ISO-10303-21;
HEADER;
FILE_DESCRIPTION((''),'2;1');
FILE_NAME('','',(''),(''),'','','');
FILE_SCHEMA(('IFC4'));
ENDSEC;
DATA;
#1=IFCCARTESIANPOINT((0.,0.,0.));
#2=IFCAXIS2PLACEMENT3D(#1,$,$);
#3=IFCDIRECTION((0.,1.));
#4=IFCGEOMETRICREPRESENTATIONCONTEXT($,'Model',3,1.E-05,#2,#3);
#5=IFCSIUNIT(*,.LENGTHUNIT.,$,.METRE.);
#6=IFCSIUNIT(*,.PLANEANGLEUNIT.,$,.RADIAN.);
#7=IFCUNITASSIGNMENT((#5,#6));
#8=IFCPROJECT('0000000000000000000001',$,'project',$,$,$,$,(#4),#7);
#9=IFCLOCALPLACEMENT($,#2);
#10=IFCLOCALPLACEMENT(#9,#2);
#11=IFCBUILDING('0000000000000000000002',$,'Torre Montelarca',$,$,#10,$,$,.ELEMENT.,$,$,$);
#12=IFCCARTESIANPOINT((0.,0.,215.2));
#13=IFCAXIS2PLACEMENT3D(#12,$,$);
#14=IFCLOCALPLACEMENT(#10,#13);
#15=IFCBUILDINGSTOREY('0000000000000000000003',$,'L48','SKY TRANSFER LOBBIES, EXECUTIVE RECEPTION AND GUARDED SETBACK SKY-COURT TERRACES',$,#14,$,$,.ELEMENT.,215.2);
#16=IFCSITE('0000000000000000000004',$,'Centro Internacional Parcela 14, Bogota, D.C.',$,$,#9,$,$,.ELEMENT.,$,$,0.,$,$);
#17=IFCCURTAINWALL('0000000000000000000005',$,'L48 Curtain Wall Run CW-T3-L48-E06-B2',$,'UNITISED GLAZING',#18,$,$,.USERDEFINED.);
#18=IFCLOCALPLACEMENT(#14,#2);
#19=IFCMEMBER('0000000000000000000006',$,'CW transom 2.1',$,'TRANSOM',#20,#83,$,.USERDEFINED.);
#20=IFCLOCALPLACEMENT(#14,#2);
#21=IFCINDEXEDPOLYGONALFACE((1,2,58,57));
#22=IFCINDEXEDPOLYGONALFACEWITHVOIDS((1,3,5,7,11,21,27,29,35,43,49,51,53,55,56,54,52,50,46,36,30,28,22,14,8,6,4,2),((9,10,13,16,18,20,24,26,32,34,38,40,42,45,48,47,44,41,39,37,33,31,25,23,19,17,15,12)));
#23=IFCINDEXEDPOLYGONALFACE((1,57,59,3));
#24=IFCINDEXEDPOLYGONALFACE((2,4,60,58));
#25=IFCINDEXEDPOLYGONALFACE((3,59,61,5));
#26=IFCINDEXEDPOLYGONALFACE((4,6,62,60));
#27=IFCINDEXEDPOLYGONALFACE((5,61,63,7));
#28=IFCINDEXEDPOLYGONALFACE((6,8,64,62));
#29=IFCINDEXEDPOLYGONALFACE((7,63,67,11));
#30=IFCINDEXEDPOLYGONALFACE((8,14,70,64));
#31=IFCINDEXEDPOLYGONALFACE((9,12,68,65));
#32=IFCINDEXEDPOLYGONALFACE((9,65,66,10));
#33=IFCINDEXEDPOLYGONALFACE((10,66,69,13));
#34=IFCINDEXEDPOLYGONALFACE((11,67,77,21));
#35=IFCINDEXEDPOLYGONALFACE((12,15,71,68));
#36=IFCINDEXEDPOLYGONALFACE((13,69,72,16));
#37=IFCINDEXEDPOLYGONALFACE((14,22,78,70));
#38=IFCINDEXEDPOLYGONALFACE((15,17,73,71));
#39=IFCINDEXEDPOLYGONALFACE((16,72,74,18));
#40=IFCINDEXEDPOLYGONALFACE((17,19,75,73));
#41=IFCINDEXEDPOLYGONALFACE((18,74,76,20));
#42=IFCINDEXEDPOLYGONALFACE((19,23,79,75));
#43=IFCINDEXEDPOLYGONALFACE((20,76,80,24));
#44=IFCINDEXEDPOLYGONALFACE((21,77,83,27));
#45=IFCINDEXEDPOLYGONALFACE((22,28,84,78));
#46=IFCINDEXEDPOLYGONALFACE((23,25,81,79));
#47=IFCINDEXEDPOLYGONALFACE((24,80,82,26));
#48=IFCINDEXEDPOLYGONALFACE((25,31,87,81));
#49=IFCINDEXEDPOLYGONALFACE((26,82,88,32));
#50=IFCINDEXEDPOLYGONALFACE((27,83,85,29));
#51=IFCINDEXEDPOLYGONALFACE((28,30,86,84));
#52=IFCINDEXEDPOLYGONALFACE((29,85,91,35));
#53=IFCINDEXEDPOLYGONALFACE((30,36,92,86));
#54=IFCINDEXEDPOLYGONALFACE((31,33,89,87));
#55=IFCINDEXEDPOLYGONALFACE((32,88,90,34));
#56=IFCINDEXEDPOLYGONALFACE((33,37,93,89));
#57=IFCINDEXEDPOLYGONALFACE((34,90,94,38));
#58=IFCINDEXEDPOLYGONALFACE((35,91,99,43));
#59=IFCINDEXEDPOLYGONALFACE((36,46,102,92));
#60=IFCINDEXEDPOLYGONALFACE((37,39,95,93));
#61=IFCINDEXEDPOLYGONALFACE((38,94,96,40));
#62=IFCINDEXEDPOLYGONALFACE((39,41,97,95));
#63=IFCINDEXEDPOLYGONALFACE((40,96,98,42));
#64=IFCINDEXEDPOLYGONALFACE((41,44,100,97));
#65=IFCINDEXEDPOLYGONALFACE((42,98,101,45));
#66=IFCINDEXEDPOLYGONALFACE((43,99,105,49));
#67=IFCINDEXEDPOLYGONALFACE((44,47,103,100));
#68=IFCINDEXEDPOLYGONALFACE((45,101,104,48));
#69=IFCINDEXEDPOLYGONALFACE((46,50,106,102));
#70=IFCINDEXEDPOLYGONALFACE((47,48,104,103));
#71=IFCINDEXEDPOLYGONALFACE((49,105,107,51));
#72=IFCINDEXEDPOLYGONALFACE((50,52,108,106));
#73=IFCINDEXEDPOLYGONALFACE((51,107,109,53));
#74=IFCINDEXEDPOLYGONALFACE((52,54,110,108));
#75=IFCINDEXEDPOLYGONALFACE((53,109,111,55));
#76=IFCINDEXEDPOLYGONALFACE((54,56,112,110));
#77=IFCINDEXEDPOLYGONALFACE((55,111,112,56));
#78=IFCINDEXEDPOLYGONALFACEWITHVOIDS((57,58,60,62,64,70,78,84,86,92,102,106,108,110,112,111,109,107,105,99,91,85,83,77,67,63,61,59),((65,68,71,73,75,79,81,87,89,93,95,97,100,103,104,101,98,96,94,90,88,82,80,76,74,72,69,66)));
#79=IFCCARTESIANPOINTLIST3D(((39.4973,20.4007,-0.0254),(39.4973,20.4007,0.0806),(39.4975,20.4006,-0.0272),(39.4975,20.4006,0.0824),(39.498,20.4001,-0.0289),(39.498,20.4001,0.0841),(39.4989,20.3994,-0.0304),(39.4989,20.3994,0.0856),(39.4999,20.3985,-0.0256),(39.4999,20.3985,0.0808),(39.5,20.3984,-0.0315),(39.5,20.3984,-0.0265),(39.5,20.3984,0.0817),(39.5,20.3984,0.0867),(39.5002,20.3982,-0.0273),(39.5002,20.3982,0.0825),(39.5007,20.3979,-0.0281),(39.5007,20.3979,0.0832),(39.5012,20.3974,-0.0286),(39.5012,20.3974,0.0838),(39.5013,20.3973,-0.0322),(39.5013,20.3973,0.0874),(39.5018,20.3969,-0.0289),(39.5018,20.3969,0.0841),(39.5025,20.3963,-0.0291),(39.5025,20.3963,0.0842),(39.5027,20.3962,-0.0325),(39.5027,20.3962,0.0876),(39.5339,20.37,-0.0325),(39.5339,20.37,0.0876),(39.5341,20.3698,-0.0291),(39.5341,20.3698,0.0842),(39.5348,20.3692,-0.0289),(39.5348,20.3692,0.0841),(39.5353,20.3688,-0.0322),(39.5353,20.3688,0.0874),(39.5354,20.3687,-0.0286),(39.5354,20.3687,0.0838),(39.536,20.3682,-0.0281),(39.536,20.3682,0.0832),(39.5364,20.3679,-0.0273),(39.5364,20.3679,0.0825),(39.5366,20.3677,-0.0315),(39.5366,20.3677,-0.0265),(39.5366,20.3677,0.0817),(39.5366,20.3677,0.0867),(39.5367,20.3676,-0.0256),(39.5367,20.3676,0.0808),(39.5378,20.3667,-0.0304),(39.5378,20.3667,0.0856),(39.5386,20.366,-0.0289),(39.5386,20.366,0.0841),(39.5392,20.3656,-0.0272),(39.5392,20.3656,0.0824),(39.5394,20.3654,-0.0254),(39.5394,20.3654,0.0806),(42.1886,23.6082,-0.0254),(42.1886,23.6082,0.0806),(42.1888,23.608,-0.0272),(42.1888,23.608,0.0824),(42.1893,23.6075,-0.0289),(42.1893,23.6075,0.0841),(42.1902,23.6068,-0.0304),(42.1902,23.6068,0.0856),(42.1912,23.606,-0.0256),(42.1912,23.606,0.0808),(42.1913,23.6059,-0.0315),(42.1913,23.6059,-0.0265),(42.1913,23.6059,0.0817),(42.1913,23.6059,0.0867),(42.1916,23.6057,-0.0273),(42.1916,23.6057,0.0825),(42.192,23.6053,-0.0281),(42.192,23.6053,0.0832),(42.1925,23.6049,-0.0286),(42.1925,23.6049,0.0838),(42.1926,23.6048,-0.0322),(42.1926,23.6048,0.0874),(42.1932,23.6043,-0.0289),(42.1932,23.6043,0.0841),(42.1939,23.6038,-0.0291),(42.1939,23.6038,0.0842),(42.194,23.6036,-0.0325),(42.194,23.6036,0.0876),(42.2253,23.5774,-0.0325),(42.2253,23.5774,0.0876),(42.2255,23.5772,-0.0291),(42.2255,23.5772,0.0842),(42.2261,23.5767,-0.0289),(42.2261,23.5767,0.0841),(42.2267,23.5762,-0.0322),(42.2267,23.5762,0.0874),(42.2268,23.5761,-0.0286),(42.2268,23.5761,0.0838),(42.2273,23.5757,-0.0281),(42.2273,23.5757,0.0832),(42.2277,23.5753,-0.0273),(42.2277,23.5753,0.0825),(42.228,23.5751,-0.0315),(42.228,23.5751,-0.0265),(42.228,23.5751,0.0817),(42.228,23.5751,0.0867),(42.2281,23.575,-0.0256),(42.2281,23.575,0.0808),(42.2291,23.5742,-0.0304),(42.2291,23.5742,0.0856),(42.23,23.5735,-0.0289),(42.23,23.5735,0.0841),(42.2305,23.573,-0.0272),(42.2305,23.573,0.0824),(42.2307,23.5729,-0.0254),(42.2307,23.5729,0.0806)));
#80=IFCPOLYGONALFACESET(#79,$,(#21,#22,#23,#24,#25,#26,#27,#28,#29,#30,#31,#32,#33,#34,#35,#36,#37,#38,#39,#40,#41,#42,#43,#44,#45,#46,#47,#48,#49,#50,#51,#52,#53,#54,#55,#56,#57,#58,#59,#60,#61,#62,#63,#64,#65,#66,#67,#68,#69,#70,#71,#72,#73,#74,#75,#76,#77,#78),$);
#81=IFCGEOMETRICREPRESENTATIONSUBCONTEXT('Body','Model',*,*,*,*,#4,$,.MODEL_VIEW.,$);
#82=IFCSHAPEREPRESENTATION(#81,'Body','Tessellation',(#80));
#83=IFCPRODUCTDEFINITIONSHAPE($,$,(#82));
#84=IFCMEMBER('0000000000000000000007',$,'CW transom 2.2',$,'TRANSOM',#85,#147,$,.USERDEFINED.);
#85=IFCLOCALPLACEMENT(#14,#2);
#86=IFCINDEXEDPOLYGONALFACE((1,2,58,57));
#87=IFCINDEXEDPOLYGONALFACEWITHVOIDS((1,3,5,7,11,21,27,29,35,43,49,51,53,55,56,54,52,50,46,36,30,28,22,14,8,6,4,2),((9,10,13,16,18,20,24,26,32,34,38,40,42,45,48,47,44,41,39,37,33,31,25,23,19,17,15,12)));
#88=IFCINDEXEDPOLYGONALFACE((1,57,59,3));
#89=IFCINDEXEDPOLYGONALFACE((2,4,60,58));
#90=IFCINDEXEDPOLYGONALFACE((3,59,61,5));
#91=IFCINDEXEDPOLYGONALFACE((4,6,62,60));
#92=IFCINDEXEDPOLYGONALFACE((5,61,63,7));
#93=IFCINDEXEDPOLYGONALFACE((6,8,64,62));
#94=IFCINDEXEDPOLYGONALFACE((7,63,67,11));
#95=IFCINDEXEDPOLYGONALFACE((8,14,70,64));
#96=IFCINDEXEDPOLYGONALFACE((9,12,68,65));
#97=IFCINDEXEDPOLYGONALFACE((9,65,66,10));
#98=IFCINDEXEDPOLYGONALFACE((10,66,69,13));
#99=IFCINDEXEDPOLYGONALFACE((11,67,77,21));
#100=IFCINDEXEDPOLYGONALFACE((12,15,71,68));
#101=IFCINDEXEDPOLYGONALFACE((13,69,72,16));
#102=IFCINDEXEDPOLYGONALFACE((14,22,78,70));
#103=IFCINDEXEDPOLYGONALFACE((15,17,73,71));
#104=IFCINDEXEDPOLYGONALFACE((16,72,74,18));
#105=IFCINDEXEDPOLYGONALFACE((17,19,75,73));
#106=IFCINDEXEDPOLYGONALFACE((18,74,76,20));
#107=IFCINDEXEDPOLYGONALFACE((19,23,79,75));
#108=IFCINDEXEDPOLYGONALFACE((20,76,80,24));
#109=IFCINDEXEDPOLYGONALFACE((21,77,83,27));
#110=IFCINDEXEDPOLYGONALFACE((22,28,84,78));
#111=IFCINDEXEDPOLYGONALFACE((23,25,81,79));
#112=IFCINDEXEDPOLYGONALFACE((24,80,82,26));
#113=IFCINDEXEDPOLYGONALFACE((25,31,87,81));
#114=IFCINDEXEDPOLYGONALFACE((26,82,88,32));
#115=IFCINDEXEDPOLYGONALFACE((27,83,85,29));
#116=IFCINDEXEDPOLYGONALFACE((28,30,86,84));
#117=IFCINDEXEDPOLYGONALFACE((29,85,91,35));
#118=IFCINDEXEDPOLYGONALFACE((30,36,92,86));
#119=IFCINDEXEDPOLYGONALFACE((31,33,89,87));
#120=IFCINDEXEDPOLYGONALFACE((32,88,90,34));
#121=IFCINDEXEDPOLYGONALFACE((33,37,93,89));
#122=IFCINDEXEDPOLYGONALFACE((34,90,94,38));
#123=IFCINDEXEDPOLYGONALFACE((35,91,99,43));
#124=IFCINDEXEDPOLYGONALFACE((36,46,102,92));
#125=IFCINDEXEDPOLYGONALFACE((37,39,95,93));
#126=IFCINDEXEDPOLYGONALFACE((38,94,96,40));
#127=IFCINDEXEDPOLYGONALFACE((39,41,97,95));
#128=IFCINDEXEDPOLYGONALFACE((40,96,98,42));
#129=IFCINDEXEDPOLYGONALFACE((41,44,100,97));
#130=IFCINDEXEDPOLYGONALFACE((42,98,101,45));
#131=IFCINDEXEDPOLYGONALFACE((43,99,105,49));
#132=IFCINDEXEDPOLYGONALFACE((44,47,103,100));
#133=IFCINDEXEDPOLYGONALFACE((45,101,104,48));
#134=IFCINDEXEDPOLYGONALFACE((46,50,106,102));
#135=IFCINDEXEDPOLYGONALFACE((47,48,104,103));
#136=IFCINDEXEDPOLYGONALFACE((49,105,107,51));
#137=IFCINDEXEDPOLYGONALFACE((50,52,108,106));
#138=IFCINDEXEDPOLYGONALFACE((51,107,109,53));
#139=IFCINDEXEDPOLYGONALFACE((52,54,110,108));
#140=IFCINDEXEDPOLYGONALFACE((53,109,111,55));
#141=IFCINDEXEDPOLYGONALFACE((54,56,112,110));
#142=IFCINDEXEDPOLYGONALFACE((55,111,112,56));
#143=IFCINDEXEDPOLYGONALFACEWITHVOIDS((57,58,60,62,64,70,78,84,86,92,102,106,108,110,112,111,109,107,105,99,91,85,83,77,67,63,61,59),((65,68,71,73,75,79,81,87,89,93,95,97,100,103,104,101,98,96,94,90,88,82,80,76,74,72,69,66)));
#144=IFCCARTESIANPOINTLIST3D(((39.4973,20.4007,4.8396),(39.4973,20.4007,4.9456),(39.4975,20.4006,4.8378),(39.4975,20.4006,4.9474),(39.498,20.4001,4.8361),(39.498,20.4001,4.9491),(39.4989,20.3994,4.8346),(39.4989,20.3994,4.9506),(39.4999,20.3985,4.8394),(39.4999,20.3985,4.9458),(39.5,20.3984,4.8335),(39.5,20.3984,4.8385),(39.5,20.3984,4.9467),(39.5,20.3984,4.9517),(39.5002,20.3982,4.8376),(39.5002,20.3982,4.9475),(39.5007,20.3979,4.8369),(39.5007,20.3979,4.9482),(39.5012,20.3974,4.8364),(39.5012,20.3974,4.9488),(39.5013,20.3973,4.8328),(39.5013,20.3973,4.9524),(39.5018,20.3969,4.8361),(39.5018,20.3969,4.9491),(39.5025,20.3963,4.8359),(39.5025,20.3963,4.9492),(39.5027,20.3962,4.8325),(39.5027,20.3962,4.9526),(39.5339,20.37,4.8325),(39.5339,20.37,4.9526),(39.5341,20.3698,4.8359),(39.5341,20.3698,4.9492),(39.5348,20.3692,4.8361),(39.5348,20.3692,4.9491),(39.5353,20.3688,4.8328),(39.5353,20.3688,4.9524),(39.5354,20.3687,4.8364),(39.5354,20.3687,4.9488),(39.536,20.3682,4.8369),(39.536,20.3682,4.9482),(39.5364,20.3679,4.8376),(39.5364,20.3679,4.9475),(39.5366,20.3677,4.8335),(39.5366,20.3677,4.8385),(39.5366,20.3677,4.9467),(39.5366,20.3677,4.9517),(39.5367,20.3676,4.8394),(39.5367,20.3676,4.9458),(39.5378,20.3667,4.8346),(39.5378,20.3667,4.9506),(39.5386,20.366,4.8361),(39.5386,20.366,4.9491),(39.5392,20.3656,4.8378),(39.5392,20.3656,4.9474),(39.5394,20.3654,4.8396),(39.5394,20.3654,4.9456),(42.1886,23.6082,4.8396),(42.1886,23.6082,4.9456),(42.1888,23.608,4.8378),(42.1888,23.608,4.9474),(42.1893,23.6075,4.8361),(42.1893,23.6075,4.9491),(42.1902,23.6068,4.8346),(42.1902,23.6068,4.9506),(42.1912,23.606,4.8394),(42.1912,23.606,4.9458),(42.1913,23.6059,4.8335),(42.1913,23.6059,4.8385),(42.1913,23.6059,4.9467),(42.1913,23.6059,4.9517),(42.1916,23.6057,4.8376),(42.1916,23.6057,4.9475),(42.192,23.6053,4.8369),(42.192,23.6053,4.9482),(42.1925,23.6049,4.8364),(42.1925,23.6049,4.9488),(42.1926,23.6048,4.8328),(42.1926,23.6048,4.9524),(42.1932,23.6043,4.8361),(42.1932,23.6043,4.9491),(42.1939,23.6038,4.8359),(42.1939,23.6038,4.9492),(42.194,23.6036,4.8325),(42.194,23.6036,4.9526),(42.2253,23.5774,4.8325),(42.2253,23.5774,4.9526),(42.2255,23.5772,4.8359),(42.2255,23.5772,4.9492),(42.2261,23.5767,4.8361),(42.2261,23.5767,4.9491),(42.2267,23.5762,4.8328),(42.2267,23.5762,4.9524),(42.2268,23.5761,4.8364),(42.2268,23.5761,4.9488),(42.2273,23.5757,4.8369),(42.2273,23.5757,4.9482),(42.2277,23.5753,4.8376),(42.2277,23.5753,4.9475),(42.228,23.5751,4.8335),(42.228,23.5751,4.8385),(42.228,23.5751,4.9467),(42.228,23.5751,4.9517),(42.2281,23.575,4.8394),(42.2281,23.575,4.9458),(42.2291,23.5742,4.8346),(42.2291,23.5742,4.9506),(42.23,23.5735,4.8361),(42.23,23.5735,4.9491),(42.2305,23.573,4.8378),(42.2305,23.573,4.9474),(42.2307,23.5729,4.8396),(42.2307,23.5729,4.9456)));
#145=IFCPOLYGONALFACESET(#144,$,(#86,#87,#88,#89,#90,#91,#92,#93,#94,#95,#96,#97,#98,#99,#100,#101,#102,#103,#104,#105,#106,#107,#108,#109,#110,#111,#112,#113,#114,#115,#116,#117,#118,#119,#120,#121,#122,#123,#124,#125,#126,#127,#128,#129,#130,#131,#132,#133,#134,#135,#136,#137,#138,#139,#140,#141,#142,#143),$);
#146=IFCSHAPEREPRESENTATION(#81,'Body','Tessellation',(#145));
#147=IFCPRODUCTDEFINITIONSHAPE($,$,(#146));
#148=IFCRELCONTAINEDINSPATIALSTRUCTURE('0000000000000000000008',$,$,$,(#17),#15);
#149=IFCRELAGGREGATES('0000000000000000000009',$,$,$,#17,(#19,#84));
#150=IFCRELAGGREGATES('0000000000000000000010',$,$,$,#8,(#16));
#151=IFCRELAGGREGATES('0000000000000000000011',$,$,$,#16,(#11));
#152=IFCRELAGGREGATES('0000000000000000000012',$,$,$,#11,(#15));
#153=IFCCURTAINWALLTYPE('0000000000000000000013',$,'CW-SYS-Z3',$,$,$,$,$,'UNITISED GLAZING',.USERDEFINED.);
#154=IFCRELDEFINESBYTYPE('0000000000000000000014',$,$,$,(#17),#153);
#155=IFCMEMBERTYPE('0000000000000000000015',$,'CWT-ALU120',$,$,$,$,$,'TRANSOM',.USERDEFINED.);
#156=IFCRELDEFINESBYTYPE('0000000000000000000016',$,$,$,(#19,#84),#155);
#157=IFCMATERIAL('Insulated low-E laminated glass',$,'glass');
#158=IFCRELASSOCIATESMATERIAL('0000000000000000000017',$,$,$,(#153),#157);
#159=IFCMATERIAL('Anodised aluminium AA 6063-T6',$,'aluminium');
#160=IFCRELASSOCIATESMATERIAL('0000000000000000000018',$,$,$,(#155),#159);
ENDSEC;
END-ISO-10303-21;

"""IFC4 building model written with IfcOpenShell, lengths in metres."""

from ifc_helpers import new_model, si_unit, direction, frame, origin, origin_2d, place, context, subcontext, project, spatial, hollow_rectangle, extrude, source, transform, mapped, material, material_profile, profile_set, type_object, element, aggregate, save


model = new_model("IFC4")

# Units and contexts
model_context = context("Model", 3, precision=1e-05, world=origin(), true_north=direction((0.0, 1.0)))
body_context = subcontext(model_context, "Body", "Model", "MODEL_VIEW")
ifc_project = project(units=[si_unit("LENGTHUNIT", "METRE"), si_unit("PLANEANGLEUNIT", "RADIAN")], contexts=[model_context])

# Site, building, storey
site_placement = place(None, origin())
site = spatial("IfcSite", under=ifc_project, at=site_placement, Name="Centro Internacional Parcela 14, Bogota, D.C.", CompositionType="ELEMENT", RefElevation=0.0)
building_placement = place(site_placement, origin())
building = spatial("IfcBuilding", under=site, at=building_placement, Name="Torre Montelarca", CompositionType="ELEMENT")
storey_placement = place(building_placement, frame((0.0, 0.0, 215.2)))
storey = spatial("IfcBuildingStorey", under=building, at=storey_placement, Name="L48", Description="SKY TRANSFER LOBBIES, EXECUTIVE RECEPTION AND GUARDED SETBACK SKY-COURT TERRACES", CompositionType="ELEMENT", Elevation=215.2)

# Curtain wall
ifc_material_1 = material(Name="Insulated low-E laminated glass", Category="glass")
curtain_wall_type = type_object("IfcCurtainWallType", Name="CW-SYS-Z3", ElementType="UNITISED GLAZING", PredefinedType="USERDEFINED", material=ifc_material_1)
ifc_material_2 = material(Name="Anodised aluminium AA 6063-T6", Category="aluminium")
curtain_wall_1_placement = place(storey_placement, origin())
curtain_wall_1 = element("IfcCurtainWall", 1, at=curtain_wall_1_placement, inside=storey, type_object=curtain_wall_type, Name="L48 Curtain Wall Run CW-T3-L48-E06-B2", ObjectType="UNITISED GLAZING", PredefinedType="USERDEFINED")

# Members
ifc_material_profile_1 = material_profile(ifc_material_2, hollow_rectangle(XDim=0.0549, YDim=0.1201, WallThickness=0.0034, InnerFilletRadius=0.0034, OuterFilletRadius=0.0071, at=origin_2d()), Name="ALU55X120X3.5", Category="aluminium")
ifc_profile_set_1 = profile_set([ifc_material_profile_1], Name="Anodised aluminium AA 6063-T6")
member_type_1 = type_object("IfcMemberType", Name="CWT-ALU120", ElementType="TRANSOM", PredefinedType="USERDEFINED", material=ifc_profile_set_1)
shared_shape_1 = source(origin(), body_context, "Body", "SweptSolid", [
    extrude(hollow_rectangle(XDim=0.0549, YDim=0.1201, WallThickness=0.0034, InnerFilletRadius=0.0034, OuterFilletRadius=0.0071, at=origin_2d()), origin(), (0.0, 0.0, 1.0), 4.187),
])
member_1_placement = place(storey_placement, frame((39.5183, 20.3831, 0.0276), z_axis=(0.642784, 0.766047, 0.0), x_axis=(-0.766047, 0.642784, 0.0)))
member_1 = element("IfcMember", 2, at=member_1_placement, type_object=member_type_1, Name="CW transom 2.1", ObjectType="TRANSOM", PredefinedType="USERDEFINED", context=body_context, shape_type="MappedRepresentation", body=[
    mapped(shared_shape_1, transform((0.0, 0.0, 0.0), scale=1.0)),
])
member_2_placement = place(storey_placement, frame((39.5183, 20.3831, 4.8926), z_axis=(0.642784, 0.766047, 0.0), x_axis=(-0.766047, 0.642784, 0.0)))
member_2 = element("IfcMember", 3, at=member_2_placement, type_object=member_type_1, Name="CW transom 2.2", ObjectType="TRANSOM", PredefinedType="USERDEFINED", context=body_context, shape_type="MappedRepresentation", body=[
    mapped(shared_shape_1, transform((0.0, 0.0, 0.0), scale=1.0)),
])

aggregate(curtain_wall_1, [member_1, member_2])

save(model, "model.ifc")
